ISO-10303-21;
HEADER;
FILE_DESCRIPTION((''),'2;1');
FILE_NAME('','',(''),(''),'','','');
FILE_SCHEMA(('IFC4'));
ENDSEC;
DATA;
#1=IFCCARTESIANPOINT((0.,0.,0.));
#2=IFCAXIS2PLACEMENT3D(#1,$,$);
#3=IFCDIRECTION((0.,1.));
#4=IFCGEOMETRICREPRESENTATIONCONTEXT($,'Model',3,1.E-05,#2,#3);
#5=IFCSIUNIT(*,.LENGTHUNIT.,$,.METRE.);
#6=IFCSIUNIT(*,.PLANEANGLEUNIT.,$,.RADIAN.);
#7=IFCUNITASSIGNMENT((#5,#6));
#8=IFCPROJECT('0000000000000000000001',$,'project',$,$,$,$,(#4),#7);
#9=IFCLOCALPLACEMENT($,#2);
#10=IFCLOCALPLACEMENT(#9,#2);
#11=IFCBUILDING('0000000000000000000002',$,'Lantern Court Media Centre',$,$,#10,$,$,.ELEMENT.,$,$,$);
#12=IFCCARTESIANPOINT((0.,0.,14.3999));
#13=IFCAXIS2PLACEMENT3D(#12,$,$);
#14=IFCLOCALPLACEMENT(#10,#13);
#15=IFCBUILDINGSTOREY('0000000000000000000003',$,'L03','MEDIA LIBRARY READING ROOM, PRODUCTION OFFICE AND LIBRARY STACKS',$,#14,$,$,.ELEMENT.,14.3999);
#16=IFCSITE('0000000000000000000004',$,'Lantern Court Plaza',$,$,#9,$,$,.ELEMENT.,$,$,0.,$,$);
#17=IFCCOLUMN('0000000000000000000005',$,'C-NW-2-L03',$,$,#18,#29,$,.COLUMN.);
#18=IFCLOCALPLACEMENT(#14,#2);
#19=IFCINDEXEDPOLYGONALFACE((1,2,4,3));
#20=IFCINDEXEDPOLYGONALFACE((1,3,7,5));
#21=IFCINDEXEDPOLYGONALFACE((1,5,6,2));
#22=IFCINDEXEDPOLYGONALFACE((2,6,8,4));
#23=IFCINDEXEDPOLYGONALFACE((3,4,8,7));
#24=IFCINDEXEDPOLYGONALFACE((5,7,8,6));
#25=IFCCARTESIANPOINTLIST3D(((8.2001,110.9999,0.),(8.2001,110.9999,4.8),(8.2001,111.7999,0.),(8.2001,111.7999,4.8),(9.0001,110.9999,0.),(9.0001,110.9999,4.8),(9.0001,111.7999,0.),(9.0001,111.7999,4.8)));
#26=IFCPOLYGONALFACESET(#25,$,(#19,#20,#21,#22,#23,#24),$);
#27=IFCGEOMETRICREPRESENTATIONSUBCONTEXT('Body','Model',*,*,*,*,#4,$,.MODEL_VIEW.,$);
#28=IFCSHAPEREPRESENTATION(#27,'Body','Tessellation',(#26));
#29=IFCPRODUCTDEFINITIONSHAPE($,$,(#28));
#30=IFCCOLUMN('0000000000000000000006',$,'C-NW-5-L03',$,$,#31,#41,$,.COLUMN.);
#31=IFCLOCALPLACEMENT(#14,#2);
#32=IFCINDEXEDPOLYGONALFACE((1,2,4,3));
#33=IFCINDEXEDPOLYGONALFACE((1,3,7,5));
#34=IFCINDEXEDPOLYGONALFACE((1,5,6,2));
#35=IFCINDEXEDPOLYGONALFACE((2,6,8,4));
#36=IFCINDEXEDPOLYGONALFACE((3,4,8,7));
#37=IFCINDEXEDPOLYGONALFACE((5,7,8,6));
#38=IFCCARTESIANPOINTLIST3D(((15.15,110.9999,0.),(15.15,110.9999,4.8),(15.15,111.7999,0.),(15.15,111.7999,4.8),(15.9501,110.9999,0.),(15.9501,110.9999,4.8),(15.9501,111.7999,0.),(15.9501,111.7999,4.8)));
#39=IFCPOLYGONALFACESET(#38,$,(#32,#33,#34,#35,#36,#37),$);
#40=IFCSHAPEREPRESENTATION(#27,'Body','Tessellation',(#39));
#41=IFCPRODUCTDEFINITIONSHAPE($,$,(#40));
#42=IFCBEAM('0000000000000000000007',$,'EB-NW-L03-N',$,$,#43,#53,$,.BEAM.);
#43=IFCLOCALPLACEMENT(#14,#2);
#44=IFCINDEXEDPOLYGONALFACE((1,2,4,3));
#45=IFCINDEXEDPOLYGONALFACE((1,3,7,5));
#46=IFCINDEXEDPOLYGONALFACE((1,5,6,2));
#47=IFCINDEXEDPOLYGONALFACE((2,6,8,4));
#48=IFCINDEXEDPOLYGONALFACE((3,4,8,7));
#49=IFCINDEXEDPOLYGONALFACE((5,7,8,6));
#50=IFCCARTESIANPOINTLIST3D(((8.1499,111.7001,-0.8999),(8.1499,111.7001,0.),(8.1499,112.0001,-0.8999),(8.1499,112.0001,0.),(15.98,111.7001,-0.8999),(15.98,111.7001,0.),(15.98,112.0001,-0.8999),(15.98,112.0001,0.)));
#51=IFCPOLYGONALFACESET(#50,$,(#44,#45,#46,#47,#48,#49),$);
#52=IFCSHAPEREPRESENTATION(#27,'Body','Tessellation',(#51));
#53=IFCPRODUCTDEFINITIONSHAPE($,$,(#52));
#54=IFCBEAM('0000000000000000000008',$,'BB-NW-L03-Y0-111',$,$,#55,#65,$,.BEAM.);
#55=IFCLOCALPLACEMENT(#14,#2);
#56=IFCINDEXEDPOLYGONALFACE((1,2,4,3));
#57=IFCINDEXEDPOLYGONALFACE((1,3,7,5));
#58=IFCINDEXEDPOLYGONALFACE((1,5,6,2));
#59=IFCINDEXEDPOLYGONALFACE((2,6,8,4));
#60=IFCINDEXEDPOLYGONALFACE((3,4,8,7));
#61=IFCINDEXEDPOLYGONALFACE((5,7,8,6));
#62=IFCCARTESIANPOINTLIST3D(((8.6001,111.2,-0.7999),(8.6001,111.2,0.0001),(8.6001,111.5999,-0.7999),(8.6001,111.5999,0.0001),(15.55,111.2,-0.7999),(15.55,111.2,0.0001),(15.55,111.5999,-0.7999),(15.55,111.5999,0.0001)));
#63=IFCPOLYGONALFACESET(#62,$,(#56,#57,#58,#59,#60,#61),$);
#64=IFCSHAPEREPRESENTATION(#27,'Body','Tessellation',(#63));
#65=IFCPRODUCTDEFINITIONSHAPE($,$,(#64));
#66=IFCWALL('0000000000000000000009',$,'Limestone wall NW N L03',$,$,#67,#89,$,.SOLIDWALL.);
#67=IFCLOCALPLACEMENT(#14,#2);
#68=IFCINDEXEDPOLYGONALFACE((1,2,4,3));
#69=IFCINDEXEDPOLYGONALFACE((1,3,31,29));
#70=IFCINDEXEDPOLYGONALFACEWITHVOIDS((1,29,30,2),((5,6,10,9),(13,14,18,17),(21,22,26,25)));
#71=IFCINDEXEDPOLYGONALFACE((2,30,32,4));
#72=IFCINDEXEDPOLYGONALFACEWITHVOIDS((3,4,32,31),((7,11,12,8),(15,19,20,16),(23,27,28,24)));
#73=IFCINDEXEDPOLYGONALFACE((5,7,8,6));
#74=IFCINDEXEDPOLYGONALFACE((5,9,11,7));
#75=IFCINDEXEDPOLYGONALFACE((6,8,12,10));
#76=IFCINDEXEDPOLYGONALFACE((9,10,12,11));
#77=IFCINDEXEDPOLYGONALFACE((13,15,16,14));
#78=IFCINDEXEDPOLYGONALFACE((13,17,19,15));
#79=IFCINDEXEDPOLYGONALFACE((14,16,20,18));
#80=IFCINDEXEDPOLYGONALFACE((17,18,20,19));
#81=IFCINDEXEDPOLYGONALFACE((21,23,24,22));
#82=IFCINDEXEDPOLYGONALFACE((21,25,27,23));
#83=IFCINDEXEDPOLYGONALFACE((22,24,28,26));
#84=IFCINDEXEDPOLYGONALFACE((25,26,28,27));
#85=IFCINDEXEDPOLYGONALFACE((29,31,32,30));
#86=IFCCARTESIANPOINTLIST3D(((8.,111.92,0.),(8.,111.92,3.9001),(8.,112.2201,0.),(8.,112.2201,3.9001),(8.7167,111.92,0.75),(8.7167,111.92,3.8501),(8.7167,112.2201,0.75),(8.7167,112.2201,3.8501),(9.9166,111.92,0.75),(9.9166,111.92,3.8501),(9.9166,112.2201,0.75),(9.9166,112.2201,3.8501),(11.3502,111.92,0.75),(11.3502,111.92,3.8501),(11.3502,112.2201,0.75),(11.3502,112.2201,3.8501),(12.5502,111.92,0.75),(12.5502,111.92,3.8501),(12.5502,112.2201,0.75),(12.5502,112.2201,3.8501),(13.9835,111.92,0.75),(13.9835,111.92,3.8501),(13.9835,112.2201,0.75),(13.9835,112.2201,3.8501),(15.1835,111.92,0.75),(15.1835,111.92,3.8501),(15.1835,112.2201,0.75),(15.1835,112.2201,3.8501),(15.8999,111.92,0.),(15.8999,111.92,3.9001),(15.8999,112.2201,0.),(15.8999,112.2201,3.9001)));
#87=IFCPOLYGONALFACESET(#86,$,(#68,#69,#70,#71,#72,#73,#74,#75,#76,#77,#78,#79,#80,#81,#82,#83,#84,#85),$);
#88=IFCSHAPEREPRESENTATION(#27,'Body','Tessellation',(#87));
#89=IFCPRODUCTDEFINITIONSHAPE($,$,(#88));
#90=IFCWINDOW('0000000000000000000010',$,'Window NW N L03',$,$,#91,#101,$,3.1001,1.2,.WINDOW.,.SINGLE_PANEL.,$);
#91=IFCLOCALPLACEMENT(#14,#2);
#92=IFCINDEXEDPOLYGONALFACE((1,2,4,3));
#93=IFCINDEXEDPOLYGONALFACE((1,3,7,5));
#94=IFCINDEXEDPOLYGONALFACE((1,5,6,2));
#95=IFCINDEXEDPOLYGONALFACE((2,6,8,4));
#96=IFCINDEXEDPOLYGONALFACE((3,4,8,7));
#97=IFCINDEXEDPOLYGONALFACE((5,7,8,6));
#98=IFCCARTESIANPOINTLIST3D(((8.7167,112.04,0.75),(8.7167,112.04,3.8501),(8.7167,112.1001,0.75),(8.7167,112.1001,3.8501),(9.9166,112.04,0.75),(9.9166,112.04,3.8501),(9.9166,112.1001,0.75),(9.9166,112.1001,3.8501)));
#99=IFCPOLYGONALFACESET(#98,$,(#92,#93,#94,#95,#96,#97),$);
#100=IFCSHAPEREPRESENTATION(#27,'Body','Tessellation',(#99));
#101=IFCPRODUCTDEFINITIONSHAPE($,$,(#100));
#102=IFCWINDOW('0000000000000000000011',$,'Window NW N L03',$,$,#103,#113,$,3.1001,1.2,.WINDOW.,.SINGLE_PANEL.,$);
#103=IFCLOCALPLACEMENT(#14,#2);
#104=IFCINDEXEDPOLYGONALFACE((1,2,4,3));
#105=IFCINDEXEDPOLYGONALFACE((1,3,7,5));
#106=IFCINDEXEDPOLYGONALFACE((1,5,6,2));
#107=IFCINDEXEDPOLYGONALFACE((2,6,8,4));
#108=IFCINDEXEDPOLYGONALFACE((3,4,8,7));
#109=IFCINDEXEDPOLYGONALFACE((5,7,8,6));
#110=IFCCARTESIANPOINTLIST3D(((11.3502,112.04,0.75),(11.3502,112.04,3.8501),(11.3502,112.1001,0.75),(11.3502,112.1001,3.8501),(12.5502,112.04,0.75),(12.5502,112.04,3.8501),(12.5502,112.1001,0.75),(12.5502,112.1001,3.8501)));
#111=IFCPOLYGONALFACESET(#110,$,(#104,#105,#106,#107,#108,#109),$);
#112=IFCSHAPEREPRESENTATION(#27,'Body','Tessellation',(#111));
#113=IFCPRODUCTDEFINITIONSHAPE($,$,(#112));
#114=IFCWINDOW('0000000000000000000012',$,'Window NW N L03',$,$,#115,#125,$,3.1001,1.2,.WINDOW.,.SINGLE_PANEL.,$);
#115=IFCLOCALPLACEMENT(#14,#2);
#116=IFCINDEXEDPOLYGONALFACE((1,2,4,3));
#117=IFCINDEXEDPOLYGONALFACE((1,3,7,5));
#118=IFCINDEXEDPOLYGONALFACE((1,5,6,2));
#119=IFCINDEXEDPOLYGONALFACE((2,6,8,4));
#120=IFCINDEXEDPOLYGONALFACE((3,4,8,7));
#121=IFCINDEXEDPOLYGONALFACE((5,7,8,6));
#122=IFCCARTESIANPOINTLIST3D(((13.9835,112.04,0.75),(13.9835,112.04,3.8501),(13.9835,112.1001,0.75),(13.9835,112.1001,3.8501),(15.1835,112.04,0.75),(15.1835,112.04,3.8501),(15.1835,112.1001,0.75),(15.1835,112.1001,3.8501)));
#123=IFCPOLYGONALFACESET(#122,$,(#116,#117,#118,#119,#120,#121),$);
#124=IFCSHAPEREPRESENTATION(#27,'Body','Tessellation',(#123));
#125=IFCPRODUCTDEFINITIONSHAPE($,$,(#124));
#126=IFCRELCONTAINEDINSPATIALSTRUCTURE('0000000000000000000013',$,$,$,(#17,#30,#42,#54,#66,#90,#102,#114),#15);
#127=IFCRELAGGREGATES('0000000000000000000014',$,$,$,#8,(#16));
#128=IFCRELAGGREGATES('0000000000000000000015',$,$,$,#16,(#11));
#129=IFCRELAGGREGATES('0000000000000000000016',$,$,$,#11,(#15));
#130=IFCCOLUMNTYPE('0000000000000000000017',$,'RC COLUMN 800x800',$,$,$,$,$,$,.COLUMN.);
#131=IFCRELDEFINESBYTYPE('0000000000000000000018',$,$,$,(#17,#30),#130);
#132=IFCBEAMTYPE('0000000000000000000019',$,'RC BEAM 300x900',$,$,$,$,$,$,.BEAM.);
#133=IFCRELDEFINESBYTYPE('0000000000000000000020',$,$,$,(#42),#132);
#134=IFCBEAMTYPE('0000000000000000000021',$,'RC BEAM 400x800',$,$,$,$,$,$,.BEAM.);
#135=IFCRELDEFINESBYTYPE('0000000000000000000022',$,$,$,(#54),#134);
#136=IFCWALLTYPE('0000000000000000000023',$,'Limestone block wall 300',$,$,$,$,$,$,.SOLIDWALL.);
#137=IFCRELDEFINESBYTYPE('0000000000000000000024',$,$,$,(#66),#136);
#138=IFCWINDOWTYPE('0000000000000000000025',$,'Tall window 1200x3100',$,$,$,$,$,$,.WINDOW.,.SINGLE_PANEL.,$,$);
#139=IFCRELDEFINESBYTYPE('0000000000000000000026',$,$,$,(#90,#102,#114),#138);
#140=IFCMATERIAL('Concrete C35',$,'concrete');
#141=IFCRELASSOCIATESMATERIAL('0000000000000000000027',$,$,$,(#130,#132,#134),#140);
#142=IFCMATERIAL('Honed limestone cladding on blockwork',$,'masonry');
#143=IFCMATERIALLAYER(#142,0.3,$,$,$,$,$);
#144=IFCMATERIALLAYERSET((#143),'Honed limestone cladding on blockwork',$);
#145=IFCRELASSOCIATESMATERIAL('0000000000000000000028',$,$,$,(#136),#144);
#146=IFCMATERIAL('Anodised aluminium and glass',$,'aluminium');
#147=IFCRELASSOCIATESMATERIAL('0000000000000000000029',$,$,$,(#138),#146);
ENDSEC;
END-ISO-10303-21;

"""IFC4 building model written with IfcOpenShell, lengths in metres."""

from ifc_helpers import new_model, si_unit, direction, frame, frame_2d, origin, origin_2d, place, context, subcontext, project, spatial, rectangle, extrude, material, layer, layer_set, material_profile, profile_set, type_object, element, fill, save


model = new_model("IFC4")

# Units and contexts
model_context = context("Model", 3, precision=1e-05, world=origin(), true_north=direction((0.0, 1.0)))
body_context = subcontext(model_context, "Body", "Model", "MODEL_VIEW")
ifc_project = project(units=[si_unit("LENGTHUNIT", "METRE"), si_unit("PLANEANGLEUNIT", "RADIAN")], contexts=[model_context])

# Site, building, storey
site_placement = place(None, origin())
site = spatial("IfcSite", under=ifc_project, at=site_placement, Name="Lantern Court Plaza", CompositionType="ELEMENT", RefElevation=0.0)
building_placement = place(site_placement, origin())
building = spatial("IfcBuilding", under=site, at=building_placement, Name="Lantern Court Media Centre", CompositionType="ELEMENT")
storey_placement = place(building_placement, frame((0.0, 0.0, 14.3999)))
storey = spatial("IfcBuildingStorey", under=building, at=storey_placement, Name="L03", Description="MEDIA LIBRARY READING ROOM, PRODUCTION OFFICE AND LIBRARY STACKS", CompositionType="ELEMENT", Elevation=14.3999)

# Columns
ifc_material_1 = material(Name="Concrete C35", Category="concrete")
ifc_material_profile_1 = material_profile(ifc_material_1, rectangle(XDim=0.8, YDim=0.8, at=origin_2d()), Name="RC 800x800")
ifc_profile_set_1 = profile_set([ifc_material_profile_1], Name="Concrete C35")
column_type = type_object("IfcColumnType", Name="RC COLUMN 800x800", PredefinedType="COLUMN", material=ifc_profile_set_1)
for number, where, z_axis, x_axis, name in (
    (1, (8.6001, 111.3999, 0.0), (0.0, 0.0, 1.0), (1.0, 0.0, 0.0), "C-NW-2-L03"),
    (2, (15.55, 111.3999, 0.0), (0.0, 0.0, 1.0), (1.0, 0.0, 0.0), "C-NW-5-L03"),
):
    element("IfcColumn", number, at=place(storey_placement, frame(where, z_axis=z_axis, x_axis=x_axis)), inside=storey, type_object=column_type, Name=name, PredefinedType="COLUMN", context=body_context, shape_type="SweptSolid", body=[
        extrude(rectangle(XDim=0.8, YDim=0.8, at=origin_2d()), origin(), (0.0, 0.0, 1.0), 4.8),
    ])

# Beams
ifc_material_profile_2 = material_profile(ifc_material_1, rectangle(XDim=0.3, YDim=0.8999, at=origin_2d()), Name="RC 300x900")
ifc_profile_set_2 = profile_set([ifc_material_profile_2], Name="Concrete C35")
beam_type_1 = type_object("IfcBeamType", Name="RC BEAM 300x900", PredefinedType="BEAM", material=ifc_profile_set_2)
beam_1_placement = place(storey_placement, frame((8.1499, 111.8501, -0.45), z_axis=(1.0, 0.0, 0.0), x_axis=(0.0, 1.0, 0.0)))
element("IfcBeam", 3, at=beam_1_placement, inside=storey, type_object=beam_type_1, Name="EB-NW-L03-N", PredefinedType="BEAM", context=body_context, shape_type="SweptSolid", body=[
    extrude(rectangle(XDim=0.3, YDim=0.8999, at=origin_2d()), origin(), (0.0, 0.0, 1.0), 7.8301),
])
ifc_material_profile_3 = material_profile(ifc_material_1, rectangle(XDim=0.3999, YDim=0.8, at=origin_2d()), Name="RC 400x800")
ifc_profile_set_3 = profile_set([ifc_material_profile_3], Name="Concrete C35")
beam_type_2 = type_object("IfcBeamType", Name="RC BEAM 400x800", PredefinedType="BEAM", material=ifc_profile_set_3)
beam_2_placement = place(storey_placement, frame((8.6001, 111.3999, -0.3999), z_axis=(1.0, 0.0, 0.0), x_axis=(0.0, 1.0, 0.0)))
element("IfcBeam", 4, at=beam_2_placement, inside=storey, type_object=beam_type_2, Name="BB-NW-L03-Y0-111", PredefinedType="BEAM", context=body_context, shape_type="SweptSolid", body=[
    extrude(rectangle(XDim=0.3999, YDim=0.8, at=origin_2d()), origin(), (0.0, 0.0, 1.0), 6.95),
])

# Wall, openings, windows
ifc_material_2 = material(Name="Honed limestone cladding on blockwork", Category="masonry")
ifc_layer_1 = layer(ifc_material_2, 0.3)
ifc_layer_set_1 = layer_set([ifc_layer_1], Name="Honed limestone cladding on blockwork")
wall_type_1 = type_object("IfcWallType", Name="Limestone block wall 300", PredefinedType="SOLIDWALL", material=ifc_layer_set_1)
wall_1_placement = place(storey_placement, frame((8.0, 112.0701, 0.0), z_axis=(0.0, 0.0, 1.0), x_axis=(1.0, 0.0, 0.0)))
wall_1 = element("IfcWall", 5, at=wall_1_placement, inside=storey, type_object=wall_type_1, Name="Limestone wall NW N L03", PredefinedType="SOLIDWALL", context=body_context, shape_type="SweptSolid", body=[
    extrude(rectangle(XDim=7.8999, YDim=0.3, at=frame_2d((3.95, 0.0))), origin(), (0.0, 0.0, 1.0), 3.9001),
])
opening_1_placement = place(wall_1_placement, frame((0.7166, 0.0, 0.75)))
opening_1 = element("IfcOpeningElement", 6, at=opening_1_placement, cuts=wall_1, PredefinedType="OPENING", context=body_context, shape_type="SweptSolid", body=[
    extrude(rectangle(XDim=1.2, YDim=3.1001, at=frame_2d((0.6001, 1.55))), frame((0.0, 0.1599, 0.0), z_axis=(0.0, -1.0, 0.0), x_axis=(1.0, 0.0, 0.0)), (0.0, 0.0, 1.0), 0.3201),
])
opening_2_placement = place(wall_1_placement, frame((3.3501, 0.0, 0.75)))
opening_2 = element("IfcOpeningElement", 7, at=opening_2_placement, cuts=wall_1, PredefinedType="OPENING", context=body_context, shape_type="SweptSolid", body=[
    extrude(rectangle(XDim=1.2, YDim=3.1001, at=frame_2d((0.6001, 1.55))), frame((0.0, 0.1599, 0.0), z_axis=(0.0, -1.0, 0.0), x_axis=(1.0, 0.0, 0.0)), (0.0, 0.0, 1.0), 0.3201),
])
opening_3_placement = place(wall_1_placement, frame((5.9834, 0.0, 0.75)))
opening_3 = element("IfcOpeningElement", 8, at=opening_3_placement, cuts=wall_1, PredefinedType="OPENING", context=body_context, shape_type="SweptSolid", body=[
    extrude(rectangle(XDim=1.2, YDim=3.1001, at=frame_2d((0.6001, 1.55))), frame((0.0, 0.1599, 0.0), z_axis=(0.0, -1.0, 0.0), x_axis=(1.0, 0.0, 0.0)), (0.0, 0.0, 1.0), 0.3201),
])
ifc_material_3 = material(Name="Anodised aluminium and glass", Category="aluminium")
window_type_1 = type_object("IfcWindowType", Name="Tall window 1200x3100", PartitioningType="SINGLE_PANEL", PredefinedType="WINDOW", material=ifc_material_3)
window_1_placement = place(opening_1_placement, origin())
window_1 = element("IfcWindow", 9, at=window_1_placement, inside=storey, type_object=window_type_1, Name="Window NW N L03", OverallHeight=3.1001, OverallWidth=1.2, PartitioningType="SINGLE_PANEL", PredefinedType="WINDOW", context=body_context, shape_type="SweptSolid", body=[
    extrude(rectangle(XDim=1.2, YDim=3.1001, at=frame_2d((0.6001, 1.55))), frame((0.0, 0.03, 0.0), z_axis=(0.0, -1.0, 0.0), x_axis=(1.0, 0.0, 0.0)), (0.0, 0.0, 1.0), 0.0601),
])
fill(opening_1, window_1)
window_2_placement = place(opening_2_placement, origin())
window_2 = element("IfcWindow", 10, at=window_2_placement, inside=storey, type_object=window_type_1, Name="Window NW N L03", OverallHeight=3.1001, OverallWidth=1.2, PartitioningType="SINGLE_PANEL", PredefinedType="WINDOW", context=body_context, shape_type="SweptSolid", body=[
    extrude(rectangle(XDim=1.2, YDim=3.1001, at=frame_2d((0.6001, 1.55))), frame((0.0, 0.03, 0.0), z_axis=(0.0, -1.0, 0.0), x_axis=(1.0, 0.0, 0.0)), (0.0, 0.0, 1.0), 0.0601),
])
fill(opening_2, window_2)
window_3_placement = place(opening_3_placement, origin())
window_3 = element("IfcWindow", 11, at=window_3_placement, inside=storey, type_object=window_type_1, Name="Window NW N L03", OverallHeight=3.1001, OverallWidth=1.2, PartitioningType="SINGLE_PANEL", PredefinedType="WINDOW", context=body_context, shape_type="SweptSolid", body=[
    extrude(rectangle(XDim=1.2, YDim=3.1001, at=frame_2d((0.6001, 1.55))), frame((0.0, 0.03, 0.0), z_axis=(0.0, -1.0, 0.0), x_axis=(1.0, 0.0, 0.0)), (0.0, 0.0, 1.0), 0.0601),
])
fill(opening_3, window_3)

save(model, "model.ifc")
